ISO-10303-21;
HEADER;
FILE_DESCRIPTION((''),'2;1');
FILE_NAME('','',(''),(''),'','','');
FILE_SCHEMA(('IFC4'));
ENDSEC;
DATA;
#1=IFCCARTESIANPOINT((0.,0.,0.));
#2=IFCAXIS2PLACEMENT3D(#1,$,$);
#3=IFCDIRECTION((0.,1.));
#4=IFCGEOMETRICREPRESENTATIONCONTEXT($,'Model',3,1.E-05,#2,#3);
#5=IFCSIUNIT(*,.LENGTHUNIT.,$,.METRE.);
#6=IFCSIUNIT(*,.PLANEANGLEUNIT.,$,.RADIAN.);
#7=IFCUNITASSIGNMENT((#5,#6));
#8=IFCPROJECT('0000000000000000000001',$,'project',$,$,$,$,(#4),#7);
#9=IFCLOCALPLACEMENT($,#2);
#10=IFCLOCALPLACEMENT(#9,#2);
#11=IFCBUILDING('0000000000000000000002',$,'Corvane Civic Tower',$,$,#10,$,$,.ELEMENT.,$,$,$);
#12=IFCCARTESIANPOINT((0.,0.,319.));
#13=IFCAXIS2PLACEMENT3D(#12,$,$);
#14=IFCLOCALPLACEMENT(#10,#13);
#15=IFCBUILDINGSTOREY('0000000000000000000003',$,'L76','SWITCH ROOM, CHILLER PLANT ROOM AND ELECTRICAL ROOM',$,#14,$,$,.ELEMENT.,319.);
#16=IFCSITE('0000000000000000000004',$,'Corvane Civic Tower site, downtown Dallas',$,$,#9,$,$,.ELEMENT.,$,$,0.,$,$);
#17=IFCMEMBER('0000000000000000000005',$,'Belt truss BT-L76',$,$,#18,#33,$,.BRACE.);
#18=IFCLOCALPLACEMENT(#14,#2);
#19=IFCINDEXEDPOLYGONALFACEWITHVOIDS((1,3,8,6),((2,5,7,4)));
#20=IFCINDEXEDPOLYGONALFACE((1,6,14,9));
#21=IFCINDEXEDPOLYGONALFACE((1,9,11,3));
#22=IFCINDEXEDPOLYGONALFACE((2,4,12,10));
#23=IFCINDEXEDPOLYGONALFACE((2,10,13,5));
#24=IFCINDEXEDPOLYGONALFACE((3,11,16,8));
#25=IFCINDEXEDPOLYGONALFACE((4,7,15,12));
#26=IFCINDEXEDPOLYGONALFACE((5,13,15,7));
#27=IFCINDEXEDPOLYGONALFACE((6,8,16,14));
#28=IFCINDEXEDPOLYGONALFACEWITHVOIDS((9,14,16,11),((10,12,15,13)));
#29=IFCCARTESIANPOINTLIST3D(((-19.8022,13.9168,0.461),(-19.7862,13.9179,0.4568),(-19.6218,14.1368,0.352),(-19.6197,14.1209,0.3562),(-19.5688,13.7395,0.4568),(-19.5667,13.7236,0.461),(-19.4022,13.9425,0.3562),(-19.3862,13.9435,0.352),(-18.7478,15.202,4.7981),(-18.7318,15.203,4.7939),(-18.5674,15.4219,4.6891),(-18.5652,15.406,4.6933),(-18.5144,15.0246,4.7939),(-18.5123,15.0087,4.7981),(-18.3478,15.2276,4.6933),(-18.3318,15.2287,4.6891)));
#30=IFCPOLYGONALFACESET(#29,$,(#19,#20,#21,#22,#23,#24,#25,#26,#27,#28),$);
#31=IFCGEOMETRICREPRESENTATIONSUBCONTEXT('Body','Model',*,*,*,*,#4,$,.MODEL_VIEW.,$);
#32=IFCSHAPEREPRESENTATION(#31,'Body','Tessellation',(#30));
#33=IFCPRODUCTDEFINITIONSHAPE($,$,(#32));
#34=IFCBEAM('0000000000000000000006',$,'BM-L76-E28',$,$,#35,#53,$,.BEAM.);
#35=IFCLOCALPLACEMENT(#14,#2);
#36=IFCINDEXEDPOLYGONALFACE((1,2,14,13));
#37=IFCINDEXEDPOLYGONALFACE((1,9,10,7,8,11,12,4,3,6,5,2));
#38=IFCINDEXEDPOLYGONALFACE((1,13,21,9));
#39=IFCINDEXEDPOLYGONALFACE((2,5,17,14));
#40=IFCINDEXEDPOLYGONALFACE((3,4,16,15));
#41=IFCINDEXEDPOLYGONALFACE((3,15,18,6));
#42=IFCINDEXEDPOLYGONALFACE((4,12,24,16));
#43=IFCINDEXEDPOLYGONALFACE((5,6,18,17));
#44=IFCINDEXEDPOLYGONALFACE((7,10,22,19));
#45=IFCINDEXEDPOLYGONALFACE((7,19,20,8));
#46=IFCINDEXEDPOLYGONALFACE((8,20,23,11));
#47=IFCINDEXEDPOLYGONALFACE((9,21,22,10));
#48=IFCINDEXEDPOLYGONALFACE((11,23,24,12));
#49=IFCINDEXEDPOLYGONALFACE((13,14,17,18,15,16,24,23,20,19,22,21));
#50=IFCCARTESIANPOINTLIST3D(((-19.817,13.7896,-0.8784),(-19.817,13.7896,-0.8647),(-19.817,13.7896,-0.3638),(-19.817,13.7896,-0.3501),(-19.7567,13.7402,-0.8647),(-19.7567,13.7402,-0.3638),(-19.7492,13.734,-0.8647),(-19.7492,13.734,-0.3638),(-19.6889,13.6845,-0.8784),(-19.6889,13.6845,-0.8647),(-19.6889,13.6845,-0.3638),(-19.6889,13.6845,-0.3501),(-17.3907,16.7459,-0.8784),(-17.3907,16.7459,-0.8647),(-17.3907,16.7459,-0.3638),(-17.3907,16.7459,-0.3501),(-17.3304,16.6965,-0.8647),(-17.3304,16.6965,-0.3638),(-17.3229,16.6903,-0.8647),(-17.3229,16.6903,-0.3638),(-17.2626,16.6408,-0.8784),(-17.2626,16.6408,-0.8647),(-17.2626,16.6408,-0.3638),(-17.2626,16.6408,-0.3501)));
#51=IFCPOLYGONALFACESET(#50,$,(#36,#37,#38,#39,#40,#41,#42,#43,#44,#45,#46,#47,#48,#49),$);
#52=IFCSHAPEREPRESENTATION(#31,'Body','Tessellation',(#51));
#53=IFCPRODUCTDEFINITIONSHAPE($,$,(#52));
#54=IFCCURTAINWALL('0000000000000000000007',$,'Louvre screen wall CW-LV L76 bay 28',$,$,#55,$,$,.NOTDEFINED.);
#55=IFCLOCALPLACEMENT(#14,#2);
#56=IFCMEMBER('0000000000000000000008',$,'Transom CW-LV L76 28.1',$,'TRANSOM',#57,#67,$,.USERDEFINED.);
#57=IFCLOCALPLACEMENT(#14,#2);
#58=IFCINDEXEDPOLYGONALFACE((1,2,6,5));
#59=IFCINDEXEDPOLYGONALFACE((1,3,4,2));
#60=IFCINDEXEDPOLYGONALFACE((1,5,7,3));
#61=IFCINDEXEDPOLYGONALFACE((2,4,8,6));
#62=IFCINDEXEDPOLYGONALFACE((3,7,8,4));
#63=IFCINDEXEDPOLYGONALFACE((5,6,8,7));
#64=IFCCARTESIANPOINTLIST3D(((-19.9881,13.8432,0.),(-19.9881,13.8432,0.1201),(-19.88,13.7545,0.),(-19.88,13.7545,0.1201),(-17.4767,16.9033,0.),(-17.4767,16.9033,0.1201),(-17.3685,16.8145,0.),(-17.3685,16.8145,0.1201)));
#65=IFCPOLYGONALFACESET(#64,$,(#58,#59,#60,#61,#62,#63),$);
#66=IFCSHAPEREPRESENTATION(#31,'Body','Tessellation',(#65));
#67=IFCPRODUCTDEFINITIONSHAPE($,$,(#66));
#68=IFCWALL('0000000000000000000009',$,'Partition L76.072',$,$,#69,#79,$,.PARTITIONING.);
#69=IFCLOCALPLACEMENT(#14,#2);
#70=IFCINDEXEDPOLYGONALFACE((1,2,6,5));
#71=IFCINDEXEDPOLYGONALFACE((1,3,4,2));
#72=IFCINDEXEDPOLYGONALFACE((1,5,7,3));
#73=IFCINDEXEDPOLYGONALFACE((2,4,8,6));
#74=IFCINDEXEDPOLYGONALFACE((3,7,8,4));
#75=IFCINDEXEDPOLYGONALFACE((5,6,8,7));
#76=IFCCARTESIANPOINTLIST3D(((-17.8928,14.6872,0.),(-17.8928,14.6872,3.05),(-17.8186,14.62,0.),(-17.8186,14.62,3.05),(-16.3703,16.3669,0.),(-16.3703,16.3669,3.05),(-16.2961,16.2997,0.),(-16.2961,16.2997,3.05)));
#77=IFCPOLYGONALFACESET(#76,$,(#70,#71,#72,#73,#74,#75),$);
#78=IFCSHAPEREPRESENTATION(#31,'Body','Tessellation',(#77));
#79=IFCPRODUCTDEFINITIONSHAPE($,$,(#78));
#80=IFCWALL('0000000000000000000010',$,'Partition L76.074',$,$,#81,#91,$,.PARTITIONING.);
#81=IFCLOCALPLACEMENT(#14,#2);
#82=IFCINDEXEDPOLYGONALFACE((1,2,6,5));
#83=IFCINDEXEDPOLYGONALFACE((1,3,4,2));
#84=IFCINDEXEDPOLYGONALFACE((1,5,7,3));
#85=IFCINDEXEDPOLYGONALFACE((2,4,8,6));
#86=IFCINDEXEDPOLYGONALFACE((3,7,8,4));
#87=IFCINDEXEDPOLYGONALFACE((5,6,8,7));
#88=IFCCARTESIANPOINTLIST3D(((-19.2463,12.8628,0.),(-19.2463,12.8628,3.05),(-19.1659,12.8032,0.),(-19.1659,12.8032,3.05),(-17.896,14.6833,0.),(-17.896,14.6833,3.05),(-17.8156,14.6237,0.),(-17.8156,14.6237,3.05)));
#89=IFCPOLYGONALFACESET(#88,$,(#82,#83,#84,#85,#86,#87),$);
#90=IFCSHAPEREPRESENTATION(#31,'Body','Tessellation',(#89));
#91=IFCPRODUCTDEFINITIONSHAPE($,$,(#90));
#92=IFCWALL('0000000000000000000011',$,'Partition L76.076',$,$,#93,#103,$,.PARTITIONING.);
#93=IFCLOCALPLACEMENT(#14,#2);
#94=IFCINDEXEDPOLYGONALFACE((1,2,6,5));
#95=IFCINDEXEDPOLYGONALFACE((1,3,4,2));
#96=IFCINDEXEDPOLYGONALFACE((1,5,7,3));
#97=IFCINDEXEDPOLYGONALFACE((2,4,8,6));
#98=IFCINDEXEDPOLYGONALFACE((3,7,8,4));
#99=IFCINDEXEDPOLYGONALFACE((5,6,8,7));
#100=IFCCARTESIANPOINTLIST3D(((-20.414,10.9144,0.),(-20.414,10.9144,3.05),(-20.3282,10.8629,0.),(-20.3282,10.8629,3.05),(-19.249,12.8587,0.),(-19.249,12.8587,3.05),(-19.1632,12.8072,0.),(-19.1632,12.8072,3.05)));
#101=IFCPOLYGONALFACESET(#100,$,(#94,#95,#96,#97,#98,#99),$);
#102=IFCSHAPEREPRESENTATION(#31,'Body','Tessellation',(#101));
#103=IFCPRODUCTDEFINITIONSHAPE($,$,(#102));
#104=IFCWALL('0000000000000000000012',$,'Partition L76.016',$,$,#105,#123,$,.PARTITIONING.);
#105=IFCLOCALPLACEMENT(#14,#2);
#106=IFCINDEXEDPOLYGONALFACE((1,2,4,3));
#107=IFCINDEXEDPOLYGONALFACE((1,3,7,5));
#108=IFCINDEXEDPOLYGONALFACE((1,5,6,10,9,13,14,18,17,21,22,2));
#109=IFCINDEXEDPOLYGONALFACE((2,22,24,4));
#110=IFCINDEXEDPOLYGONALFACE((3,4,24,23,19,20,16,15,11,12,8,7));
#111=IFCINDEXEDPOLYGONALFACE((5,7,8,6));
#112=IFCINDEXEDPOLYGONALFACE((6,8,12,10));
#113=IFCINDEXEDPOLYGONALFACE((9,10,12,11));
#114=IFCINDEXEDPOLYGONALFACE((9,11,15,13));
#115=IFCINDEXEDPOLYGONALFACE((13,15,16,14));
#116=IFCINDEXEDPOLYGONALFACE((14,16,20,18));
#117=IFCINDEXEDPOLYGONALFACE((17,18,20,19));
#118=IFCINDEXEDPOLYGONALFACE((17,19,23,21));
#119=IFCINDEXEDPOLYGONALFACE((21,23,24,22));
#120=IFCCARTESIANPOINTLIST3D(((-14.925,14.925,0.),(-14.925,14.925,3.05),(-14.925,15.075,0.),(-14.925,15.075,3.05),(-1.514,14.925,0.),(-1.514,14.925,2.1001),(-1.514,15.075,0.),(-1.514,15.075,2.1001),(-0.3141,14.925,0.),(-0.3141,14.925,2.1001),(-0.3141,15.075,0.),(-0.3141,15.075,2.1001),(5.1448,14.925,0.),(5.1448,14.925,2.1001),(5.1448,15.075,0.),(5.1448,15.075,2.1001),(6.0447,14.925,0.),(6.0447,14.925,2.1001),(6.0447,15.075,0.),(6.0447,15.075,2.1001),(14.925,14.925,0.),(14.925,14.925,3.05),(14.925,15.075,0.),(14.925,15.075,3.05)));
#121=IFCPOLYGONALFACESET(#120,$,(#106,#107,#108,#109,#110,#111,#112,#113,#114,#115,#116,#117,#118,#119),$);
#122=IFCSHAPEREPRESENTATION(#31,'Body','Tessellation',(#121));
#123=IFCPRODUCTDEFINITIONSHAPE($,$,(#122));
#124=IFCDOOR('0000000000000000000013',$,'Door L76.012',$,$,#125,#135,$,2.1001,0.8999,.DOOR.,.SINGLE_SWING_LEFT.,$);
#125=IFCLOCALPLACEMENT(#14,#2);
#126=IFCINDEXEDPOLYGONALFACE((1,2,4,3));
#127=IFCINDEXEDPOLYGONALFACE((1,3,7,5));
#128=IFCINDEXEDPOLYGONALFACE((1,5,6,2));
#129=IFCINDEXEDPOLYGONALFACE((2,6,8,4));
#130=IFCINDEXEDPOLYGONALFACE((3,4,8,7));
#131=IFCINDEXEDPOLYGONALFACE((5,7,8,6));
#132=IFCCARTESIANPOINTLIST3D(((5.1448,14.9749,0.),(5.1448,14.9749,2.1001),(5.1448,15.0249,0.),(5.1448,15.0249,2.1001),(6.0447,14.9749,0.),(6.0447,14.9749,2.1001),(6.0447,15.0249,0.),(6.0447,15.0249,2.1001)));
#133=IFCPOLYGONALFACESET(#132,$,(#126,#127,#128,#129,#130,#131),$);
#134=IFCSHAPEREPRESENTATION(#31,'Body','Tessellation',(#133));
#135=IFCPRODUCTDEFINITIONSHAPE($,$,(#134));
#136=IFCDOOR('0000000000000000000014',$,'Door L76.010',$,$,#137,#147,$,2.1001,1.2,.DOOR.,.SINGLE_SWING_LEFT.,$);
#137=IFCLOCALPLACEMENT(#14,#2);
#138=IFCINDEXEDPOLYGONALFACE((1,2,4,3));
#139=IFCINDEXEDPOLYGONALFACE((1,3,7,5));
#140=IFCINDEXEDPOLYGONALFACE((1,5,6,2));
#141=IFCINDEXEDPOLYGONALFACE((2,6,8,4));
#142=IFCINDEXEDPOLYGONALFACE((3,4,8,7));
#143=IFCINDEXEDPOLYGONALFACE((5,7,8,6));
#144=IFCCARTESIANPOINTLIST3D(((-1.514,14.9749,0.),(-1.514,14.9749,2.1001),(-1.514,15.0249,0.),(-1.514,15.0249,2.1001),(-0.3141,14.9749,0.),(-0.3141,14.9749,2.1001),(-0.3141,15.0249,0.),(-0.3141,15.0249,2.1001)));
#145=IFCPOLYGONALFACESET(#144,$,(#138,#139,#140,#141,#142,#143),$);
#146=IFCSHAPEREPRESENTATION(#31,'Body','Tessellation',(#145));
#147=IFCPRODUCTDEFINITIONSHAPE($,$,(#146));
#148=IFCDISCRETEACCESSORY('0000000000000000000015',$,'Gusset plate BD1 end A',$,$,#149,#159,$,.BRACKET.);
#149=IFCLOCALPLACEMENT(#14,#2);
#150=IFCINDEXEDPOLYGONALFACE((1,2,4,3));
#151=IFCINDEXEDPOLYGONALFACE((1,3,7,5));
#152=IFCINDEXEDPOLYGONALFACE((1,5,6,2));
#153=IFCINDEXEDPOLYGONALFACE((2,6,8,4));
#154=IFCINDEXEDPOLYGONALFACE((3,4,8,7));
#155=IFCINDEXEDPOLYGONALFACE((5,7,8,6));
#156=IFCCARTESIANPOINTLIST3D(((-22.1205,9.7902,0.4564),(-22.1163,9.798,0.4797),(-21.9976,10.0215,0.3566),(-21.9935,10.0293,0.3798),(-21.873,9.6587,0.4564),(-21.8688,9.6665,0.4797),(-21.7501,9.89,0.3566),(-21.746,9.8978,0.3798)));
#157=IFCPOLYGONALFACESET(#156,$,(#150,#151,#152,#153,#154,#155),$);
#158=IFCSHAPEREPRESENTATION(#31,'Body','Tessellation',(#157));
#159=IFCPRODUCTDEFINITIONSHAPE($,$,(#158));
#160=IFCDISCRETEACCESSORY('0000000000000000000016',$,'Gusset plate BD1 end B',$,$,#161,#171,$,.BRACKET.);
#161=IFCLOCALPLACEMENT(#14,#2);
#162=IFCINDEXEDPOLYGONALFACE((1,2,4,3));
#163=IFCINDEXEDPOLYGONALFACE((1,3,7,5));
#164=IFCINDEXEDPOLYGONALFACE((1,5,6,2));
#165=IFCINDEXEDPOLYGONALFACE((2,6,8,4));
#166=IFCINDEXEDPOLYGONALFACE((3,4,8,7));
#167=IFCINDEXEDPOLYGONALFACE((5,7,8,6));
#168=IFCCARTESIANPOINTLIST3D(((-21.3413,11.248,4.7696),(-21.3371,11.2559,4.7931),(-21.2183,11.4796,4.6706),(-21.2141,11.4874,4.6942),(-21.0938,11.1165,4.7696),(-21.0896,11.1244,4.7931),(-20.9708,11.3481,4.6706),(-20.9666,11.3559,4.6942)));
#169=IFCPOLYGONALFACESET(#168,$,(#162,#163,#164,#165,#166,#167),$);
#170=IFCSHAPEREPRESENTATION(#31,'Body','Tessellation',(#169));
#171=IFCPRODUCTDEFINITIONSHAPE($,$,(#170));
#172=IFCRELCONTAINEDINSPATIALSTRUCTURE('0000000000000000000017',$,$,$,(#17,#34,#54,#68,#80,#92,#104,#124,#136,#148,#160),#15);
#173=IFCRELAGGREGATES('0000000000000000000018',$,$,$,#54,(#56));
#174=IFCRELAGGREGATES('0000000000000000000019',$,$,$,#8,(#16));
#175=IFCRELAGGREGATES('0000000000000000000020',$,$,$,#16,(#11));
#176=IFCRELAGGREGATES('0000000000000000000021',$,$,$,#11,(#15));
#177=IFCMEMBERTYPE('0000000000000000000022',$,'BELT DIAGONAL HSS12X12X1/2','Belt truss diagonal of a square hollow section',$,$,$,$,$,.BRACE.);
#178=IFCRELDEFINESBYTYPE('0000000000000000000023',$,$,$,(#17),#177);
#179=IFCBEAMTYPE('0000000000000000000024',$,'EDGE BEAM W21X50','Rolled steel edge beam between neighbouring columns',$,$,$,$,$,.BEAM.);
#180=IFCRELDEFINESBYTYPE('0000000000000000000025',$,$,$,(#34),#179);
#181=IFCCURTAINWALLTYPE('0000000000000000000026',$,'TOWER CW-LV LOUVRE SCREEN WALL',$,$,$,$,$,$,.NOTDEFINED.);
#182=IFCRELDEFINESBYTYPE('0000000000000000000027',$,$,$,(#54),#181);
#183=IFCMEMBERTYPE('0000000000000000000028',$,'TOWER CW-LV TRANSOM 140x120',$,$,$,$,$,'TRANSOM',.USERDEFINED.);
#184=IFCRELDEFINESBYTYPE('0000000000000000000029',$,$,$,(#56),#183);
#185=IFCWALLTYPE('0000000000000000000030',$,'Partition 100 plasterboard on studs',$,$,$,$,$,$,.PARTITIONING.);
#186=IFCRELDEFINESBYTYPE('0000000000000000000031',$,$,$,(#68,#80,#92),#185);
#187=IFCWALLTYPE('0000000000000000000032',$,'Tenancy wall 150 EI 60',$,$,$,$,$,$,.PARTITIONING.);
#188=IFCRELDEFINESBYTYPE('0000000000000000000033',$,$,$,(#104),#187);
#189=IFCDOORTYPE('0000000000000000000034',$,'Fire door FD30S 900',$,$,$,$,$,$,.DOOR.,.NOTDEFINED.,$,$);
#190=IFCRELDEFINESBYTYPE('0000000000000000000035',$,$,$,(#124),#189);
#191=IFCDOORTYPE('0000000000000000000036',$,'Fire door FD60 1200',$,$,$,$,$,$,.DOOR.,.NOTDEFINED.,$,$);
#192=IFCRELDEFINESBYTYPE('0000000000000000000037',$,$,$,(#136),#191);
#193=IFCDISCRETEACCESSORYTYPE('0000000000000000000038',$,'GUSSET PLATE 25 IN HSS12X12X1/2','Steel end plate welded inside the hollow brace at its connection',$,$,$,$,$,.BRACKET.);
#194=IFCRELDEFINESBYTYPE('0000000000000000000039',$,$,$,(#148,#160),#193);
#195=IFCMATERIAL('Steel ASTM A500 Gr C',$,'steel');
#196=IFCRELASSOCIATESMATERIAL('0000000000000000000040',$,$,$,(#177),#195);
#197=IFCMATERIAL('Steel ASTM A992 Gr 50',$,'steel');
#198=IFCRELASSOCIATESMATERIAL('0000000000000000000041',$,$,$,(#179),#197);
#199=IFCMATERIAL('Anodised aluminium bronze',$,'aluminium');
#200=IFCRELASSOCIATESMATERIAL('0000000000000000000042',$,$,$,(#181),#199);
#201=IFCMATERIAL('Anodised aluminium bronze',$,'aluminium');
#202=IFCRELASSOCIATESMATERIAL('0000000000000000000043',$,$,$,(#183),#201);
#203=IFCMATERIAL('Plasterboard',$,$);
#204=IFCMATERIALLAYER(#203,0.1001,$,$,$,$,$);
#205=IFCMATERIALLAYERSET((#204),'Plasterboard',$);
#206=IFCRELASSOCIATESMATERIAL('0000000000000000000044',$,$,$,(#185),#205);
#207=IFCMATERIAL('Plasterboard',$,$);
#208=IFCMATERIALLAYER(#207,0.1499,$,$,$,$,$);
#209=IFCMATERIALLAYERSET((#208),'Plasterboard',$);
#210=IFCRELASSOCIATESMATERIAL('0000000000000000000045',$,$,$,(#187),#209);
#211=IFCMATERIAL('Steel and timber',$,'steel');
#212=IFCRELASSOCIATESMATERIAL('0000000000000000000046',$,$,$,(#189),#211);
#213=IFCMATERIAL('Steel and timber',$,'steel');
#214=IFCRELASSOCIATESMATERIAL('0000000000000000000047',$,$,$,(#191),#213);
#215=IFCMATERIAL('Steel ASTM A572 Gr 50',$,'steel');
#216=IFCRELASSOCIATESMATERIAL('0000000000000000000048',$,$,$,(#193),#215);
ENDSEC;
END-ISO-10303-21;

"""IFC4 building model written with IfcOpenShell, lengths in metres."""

from ifc_helpers import new_model, si_unit, direction, frame, frame_2d, origin, origin_2d, place, context, subcontext, project, spatial, rectangle, hollow_rectangle, i_section, extrude, material, layer, layer_set, material_profile, profile_set, type_object, element, fill, aggregate, save


model = new_model("IFC4")

# Units and contexts
model_context = context("Model", 3, precision=1e-05, world=origin(), true_north=direction((0.0, 1.0)))
body_context = subcontext(model_context, "Body", "Model", "MODEL_VIEW")
ifc_project = project(units=[si_unit("LENGTHUNIT", "METRE"), si_unit("PLANEANGLEUNIT", "RADIAN")], contexts=[model_context])

# Site, building, storey
site_placement = place(None, origin())
site = spatial("IfcSite", under=ifc_project, at=site_placement, Name="Corvane Civic Tower site, downtown Dallas", CompositionType="ELEMENT", RefElevation=0.0)
building_placement = place(site_placement, origin())
building = spatial("IfcBuilding", under=site, at=building_placement, Name="Corvane Civic Tower", CompositionType="ELEMENT")
storey_placement = place(building_placement, frame((0.0, 0.0, 319.0)))
storey = spatial("IfcBuildingStorey", under=building, at=storey_placement, Name="L76", Description="SWITCH ROOM, CHILLER PLANT ROOM AND ELECTRICAL ROOM", CompositionType="ELEMENT", Elevation=319.0)

# Member
ifc_material_1 = material(Name="Steel ASTM A500 Gr C", Category="steel")
ifc_material_profile_1 = material_profile(ifc_material_1, hollow_rectangle(XDim=0.3047, YDim=0.3047, WallThickness=0.0117, at=origin_2d()), Name="HSS12X12X1/2")
ifc_profile_set_1 = profile_set([ifc_material_profile_1], Name="Steel ASTM A500 Gr C")
member_type_1 = type_object("IfcMemberType", Name="BELT DIAGONAL HSS12X12X1/2", Description="Belt truss diagonal of a square hollow section", PredefinedType="BRACE", material=ifc_profile_set_1)
for number, where, z_axis, x_axis, name in (
    (1, (-19.5942, 13.9302, 0.4065), (0.227015, 0.276685, 0.933761), (-0.773086, 0.634301, 0.0), "Belt truss BT-L76"),
):
    element("IfcMember", number, at=place(storey_placement, frame(where, z_axis=z_axis, x_axis=x_axis)), inside=storey, type_object=member_type_1, Name=name, PredefinedType="BRACE", context=body_context, shape_type="SweptSolid", body=[
        extrude(hollow_rectangle(XDim=0.3047, YDim=0.3047, WallThickness=0.0117, at=origin_2d()), origin(), (0.0, 0.0, 1.0), 4.6448),
    ])

# Beam
ifc_material_2 = material(Name="Steel ASTM A992 Gr 50", Category="steel")
ifc_material_profile_2 = material_profile(ifc_material_2, i_section(OverallWidth=0.1658, OverallDepth=0.5283, WebThickness=0.0098, FlangeThickness=0.0137, at=origin_2d()), Name="W21X50")
ifc_profile_set_2 = profile_set([ifc_material_profile_2], Name="Steel ASTM A992 Gr 50")
beam_type = type_object("IfcBeamType", Name="EDGE BEAM W21X50", Description="Rolled steel edge beam between neighbouring columns", PredefinedType="BEAM", material=ifc_profile_set_2)
beam_placement = place(storey_placement, frame((-19.7529, 13.7371, -0.6143), z_axis=(0.634409, 0.772998, 0.0), x_axis=(-0.772998, 0.634409, 0.0)))
element("IfcBeam", 2, at=beam_placement, inside=storey, type_object=beam_type, Name="BM-L76-E28", PredefinedType="BEAM", context=body_context, shape_type="SweptSolid", body=[
    extrude(i_section(OverallWidth=0.1658, OverallDepth=0.5283, WebThickness=0.0098, FlangeThickness=0.0137, at=origin_2d()), origin(), (0.0, 0.0, 1.0), 3.8245),
])

# Curtain wall, member
ifc_material_3 = material(Name="Anodised aluminium bronze", Category="aluminium")
curtain_wall_type = type_object("IfcCurtainWallType", Name="TOWER CW-LV LOUVRE SCREEN WALL", PredefinedType="NOTDEFINED", material=ifc_material_3)
curtain_wall_placement = place(storey_placement, origin())
curtain_wall = element("IfcCurtainWall", 3, at=curtain_wall_placement, inside=storey, type_object=curtain_wall_type, Name="Louvre screen wall CW-LV L76 bay 28", PredefinedType="NOTDEFINED")
ifc_material_4 = material(Name="Anodised aluminium bronze", Category="aluminium")
ifc_material_profile_3 = material_profile(ifc_material_4, rectangle(XDim=0.1399, YDim=0.1201, at=origin_2d()), Name="TOWER CW-LV TRANSOM 140x120")
ifc_profile_set_3 = profile_set([ifc_material_profile_3], Name="Anodised aluminium bronze")
member_type_2 = type_object("IfcMemberType", Name="TOWER CW-LV TRANSOM 140x120", ElementType="TRANSOM", PredefinedType="USERDEFINED", material=ifc_profile_set_3)
member_placement = place(storey_placement, frame((-19.9341, 13.7988, 0.0601), z_axis=(0.634416, 0.772992, 0.0), x_axis=(-0.772992, 0.634416, 0.0)))
member = element("IfcMember", 4, at=member_placement, type_object=member_type_2, Name="Transom CW-LV L76 28.1", ObjectType="TRANSOM", PredefinedType="USERDEFINED", context=body_context, shape_type="SweptSolid", body=[
    extrude(rectangle(XDim=0.1399, YDim=0.1201, at=origin_2d()), origin(), (0.0, 0.0, 1.0), 3.9587),
])

# Walls
ifc_material_5 = material(Name="Plasterboard")
ifc_layer_1 = layer(ifc_material_5, 0.1001)
ifc_layer_set_1 = layer_set([ifc_layer_1], Name="Plasterboard")
wall_type_1 = type_object("IfcWallType", Name="Partition 100 plasterboard on studs", PredefinedType="PARTITIONING", material=ifc_layer_set_1)
wall_1_placement = place(storey_placement, frame((-17.8557, 14.6536, 0.0), z_axis=(0.0, 0.0, 1.0), x_axis=(0.671579, 0.740933, 0.0)))
element("IfcWall", 5, at=wall_1_placement, inside=storey, type_object=wall_type_1, Name="Partition L76.072", PredefinedType="PARTITIONING", context=body_context, shape_type="SweptSolid", body=[
    extrude(rectangle(XDim=2.2671, YDim=0.1001, at=frame_2d((1.1335, 0.0))), origin(), (0.0, 0.0, 1.0), 3.05),
])
for number, where, z_axis, x_axis, name in (
    (6, (-19.2061, 12.833, 0.0), (0.0, 0.0, 1.0), (0.595735, 0.803181, 0.0), "Partition L76.074"),
    (7, (-20.3711, 10.8887, 0.0), (0.0, 0.0, 1.0), (0.513989, 0.857797, 0.0), "Partition L76.076"),
):
    element("IfcWall", number, at=place(storey_placement, frame(where, z_axis=z_axis, x_axis=x_axis)), inside=storey, type_object=wall_type_1, Name=name, PredefinedType="PARTITIONING", context=body_context, shape_type="SweptSolid", body=[
        extrude(rectangle(XDim=2.2666, YDim=0.1001, at=frame_2d((1.1333, 0.0))), origin(), (0.0, 0.0, 1.0), 3.05),
    ])

# Wall, openings, doors
ifc_material_6 = material(Name="Plasterboard")
ifc_layer_2 = layer(ifc_material_6, 0.1499)
ifc_layer_set_2 = layer_set([ifc_layer_2], Name="Plasterboard")
wall_type_2 = type_object("IfcWallType", Name="Tenancy wall 150 EI 60", PredefinedType="PARTITIONING", material=ifc_layer_set_2)
wall_2_placement = place(storey_placement, frame((-14.925, 15.0, 0.0), z_axis=(0.0, 0.0, 1.0), x_axis=(1.0, 0.0, 0.0)))
wall_2 = element("IfcWall", 8, at=wall_2_placement, inside=storey, type_object=wall_type_2, Name="Partition L76.016", PredefinedType="PARTITIONING", context=body_context, shape_type="SweptSolid", body=[
    extrude(rectangle(XDim=29.8501, YDim=0.1499, at=frame_2d((14.925, 0.0))), origin(), (0.0, 0.0, 1.0), 3.05),
])
opening_1_placement = place(wall_2_placement, frame((13.4109, 0.0, 0.0)))
opening_1 = element("IfcOpeningElement", 9, at=opening_1_placement, cuts=wall_2, PredefinedType="OPENING", context=body_context, shape_type="SweptSolid", body=[
    extrude(rectangle(XDim=1.2, YDim=2.1001, at=frame_2d((0.6001, 1.05))), frame((0.0, 0.085, 0.0), z_axis=(0.0, -1.0, 0.0), x_axis=(1.0, 0.0, 0.0)), (0.0, 0.0, 1.0), 0.1699),
])
opening_2_placement = place(wall_2_placement, frame((20.0698, 0.0, 0.0)))
opening_2 = element("IfcOpeningElement", 10, at=opening_2_placement, cuts=wall_2, PredefinedType="OPENING", context=body_context, shape_type="SweptSolid", body=[
    extrude(rectangle(XDim=0.8999, YDim=2.1001, at=frame_2d((0.45, 1.05))), frame((0.0, 0.085, 0.0), z_axis=(0.0, -1.0, 0.0), x_axis=(1.0, 0.0, 0.0)), (0.0, 0.0, 1.0), 0.1699),
])
ifc_material_7 = material(Name="Steel and timber", Category="steel")
door_type_1 = type_object("IfcDoorType", Name="Fire door FD30S 900", OperationType="NOTDEFINED", PredefinedType="DOOR", material=ifc_material_7)
door_1_placement = place(opening_2_placement, origin())
door_1 = element("IfcDoor", 11, at=door_1_placement, inside=storey, type_object=door_type_1, Name="Door L76.012", OperationType="SINGLE_SWING_LEFT", OverallHeight=2.1001, OverallWidth=0.8999, PredefinedType="DOOR", context=body_context, shape_type="SweptSolid", body=[
    extrude(rectangle(XDim=0.8999, YDim=2.1001, at=frame_2d((0.45, 1.05))), frame((0.0, 0.0249, 0.0), z_axis=(0.0, -1.0, 0.0), x_axis=(1.0, 0.0, 0.0)), (0.0, 0.0, 1.0), 0.05),
])
fill(opening_2, door_1)
ifc_material_8 = material(Name="Steel and timber", Category="steel")
door_type_2 = type_object("IfcDoorType", Name="Fire door FD60 1200", OperationType="NOTDEFINED", PredefinedType="DOOR", material=ifc_material_8)
door_2_placement = place(opening_1_placement, origin())
door_2 = element("IfcDoor", 12, at=door_2_placement, inside=storey, type_object=door_type_2, Name="Door L76.010", OperationType="SINGLE_SWING_LEFT", OverallHeight=2.1001, OverallWidth=1.2, PredefinedType="DOOR", context=body_context, shape_type="SweptSolid", body=[
    extrude(rectangle(XDim=1.2, YDim=2.1001, at=frame_2d((0.6001, 1.05))), frame((0.0, 0.0249, 0.0), z_axis=(0.0, -1.0, 0.0), x_axis=(1.0, 0.0, 0.0)), (0.0, 0.0, 1.0), 0.05),
])
fill(opening_1, door_2)

aggregate(curtain_wall, [member])

# Discrete accessories
ifc_material_9 = material(Name="Steel ASTM A572 Gr 50", Category="steel")
ifc_material_profile_4 = material_profile(ifc_material_9, rectangle(XDim=0.2803, YDim=0.2803, at=origin_2d()), Name="GUSSET PLATE 25 IN HSS12X12X1/2")
ifc_profile_set_4 = profile_set([ifc_material_profile_4], Name="Steel ASTM A572 Gr 50")
discrete_accessory_type = type_object("IfcDiscreteAccessoryType", Name="GUSSET PLATE 25 IN HSS12X12X1/2", Description="Steel end plate welded inside the hollow brace at its connection", PredefinedType="BRACKET", material=ifc_profile_set_4)
discrete_accessory_1_placement = place(storey_placement, frame((-21.9353, 9.8401, 0.4065), z_axis=(0.167198, 0.314725, 0.934341), x_axis=(-0.883116, 0.469155, 0.0)))
element("IfcDiscreteAccessory", 13, at=discrete_accessory_1_placement, inside=storey, type_object=discrete_accessory_type, Name="Gusset plate BD1 end A", PredefinedType="BRACKET", context=body_context, shape_type="SweptSolid", body=[
    extrude(rectangle(XDim=0.2803, YDim=0.2803, at=origin_2d()), origin(), (0.0, 0.0, 1.0), 0.0249),
])
discrete_accessory_2_placement = place(storey_placement, frame((-21.1519, 11.3059, 4.7437), z_axis=(-0.165674, -0.311858, -0.935573), x_axis=(0.883116, -0.469155, 0.0)))
element("IfcDiscreteAccessory", 14, at=discrete_accessory_2_placement, inside=storey, type_object=discrete_accessory_type, Name="Gusset plate BD1 end B", PredefinedType="BRACKET", context=body_context, shape_type="SweptSolid", body=[
    extrude(rectangle(XDim=0.2803, YDim=0.2803, at=origin_2d()), origin(), (0.0, 0.0, 1.0), 0.0251),
])

save(model, "model.ifc")
